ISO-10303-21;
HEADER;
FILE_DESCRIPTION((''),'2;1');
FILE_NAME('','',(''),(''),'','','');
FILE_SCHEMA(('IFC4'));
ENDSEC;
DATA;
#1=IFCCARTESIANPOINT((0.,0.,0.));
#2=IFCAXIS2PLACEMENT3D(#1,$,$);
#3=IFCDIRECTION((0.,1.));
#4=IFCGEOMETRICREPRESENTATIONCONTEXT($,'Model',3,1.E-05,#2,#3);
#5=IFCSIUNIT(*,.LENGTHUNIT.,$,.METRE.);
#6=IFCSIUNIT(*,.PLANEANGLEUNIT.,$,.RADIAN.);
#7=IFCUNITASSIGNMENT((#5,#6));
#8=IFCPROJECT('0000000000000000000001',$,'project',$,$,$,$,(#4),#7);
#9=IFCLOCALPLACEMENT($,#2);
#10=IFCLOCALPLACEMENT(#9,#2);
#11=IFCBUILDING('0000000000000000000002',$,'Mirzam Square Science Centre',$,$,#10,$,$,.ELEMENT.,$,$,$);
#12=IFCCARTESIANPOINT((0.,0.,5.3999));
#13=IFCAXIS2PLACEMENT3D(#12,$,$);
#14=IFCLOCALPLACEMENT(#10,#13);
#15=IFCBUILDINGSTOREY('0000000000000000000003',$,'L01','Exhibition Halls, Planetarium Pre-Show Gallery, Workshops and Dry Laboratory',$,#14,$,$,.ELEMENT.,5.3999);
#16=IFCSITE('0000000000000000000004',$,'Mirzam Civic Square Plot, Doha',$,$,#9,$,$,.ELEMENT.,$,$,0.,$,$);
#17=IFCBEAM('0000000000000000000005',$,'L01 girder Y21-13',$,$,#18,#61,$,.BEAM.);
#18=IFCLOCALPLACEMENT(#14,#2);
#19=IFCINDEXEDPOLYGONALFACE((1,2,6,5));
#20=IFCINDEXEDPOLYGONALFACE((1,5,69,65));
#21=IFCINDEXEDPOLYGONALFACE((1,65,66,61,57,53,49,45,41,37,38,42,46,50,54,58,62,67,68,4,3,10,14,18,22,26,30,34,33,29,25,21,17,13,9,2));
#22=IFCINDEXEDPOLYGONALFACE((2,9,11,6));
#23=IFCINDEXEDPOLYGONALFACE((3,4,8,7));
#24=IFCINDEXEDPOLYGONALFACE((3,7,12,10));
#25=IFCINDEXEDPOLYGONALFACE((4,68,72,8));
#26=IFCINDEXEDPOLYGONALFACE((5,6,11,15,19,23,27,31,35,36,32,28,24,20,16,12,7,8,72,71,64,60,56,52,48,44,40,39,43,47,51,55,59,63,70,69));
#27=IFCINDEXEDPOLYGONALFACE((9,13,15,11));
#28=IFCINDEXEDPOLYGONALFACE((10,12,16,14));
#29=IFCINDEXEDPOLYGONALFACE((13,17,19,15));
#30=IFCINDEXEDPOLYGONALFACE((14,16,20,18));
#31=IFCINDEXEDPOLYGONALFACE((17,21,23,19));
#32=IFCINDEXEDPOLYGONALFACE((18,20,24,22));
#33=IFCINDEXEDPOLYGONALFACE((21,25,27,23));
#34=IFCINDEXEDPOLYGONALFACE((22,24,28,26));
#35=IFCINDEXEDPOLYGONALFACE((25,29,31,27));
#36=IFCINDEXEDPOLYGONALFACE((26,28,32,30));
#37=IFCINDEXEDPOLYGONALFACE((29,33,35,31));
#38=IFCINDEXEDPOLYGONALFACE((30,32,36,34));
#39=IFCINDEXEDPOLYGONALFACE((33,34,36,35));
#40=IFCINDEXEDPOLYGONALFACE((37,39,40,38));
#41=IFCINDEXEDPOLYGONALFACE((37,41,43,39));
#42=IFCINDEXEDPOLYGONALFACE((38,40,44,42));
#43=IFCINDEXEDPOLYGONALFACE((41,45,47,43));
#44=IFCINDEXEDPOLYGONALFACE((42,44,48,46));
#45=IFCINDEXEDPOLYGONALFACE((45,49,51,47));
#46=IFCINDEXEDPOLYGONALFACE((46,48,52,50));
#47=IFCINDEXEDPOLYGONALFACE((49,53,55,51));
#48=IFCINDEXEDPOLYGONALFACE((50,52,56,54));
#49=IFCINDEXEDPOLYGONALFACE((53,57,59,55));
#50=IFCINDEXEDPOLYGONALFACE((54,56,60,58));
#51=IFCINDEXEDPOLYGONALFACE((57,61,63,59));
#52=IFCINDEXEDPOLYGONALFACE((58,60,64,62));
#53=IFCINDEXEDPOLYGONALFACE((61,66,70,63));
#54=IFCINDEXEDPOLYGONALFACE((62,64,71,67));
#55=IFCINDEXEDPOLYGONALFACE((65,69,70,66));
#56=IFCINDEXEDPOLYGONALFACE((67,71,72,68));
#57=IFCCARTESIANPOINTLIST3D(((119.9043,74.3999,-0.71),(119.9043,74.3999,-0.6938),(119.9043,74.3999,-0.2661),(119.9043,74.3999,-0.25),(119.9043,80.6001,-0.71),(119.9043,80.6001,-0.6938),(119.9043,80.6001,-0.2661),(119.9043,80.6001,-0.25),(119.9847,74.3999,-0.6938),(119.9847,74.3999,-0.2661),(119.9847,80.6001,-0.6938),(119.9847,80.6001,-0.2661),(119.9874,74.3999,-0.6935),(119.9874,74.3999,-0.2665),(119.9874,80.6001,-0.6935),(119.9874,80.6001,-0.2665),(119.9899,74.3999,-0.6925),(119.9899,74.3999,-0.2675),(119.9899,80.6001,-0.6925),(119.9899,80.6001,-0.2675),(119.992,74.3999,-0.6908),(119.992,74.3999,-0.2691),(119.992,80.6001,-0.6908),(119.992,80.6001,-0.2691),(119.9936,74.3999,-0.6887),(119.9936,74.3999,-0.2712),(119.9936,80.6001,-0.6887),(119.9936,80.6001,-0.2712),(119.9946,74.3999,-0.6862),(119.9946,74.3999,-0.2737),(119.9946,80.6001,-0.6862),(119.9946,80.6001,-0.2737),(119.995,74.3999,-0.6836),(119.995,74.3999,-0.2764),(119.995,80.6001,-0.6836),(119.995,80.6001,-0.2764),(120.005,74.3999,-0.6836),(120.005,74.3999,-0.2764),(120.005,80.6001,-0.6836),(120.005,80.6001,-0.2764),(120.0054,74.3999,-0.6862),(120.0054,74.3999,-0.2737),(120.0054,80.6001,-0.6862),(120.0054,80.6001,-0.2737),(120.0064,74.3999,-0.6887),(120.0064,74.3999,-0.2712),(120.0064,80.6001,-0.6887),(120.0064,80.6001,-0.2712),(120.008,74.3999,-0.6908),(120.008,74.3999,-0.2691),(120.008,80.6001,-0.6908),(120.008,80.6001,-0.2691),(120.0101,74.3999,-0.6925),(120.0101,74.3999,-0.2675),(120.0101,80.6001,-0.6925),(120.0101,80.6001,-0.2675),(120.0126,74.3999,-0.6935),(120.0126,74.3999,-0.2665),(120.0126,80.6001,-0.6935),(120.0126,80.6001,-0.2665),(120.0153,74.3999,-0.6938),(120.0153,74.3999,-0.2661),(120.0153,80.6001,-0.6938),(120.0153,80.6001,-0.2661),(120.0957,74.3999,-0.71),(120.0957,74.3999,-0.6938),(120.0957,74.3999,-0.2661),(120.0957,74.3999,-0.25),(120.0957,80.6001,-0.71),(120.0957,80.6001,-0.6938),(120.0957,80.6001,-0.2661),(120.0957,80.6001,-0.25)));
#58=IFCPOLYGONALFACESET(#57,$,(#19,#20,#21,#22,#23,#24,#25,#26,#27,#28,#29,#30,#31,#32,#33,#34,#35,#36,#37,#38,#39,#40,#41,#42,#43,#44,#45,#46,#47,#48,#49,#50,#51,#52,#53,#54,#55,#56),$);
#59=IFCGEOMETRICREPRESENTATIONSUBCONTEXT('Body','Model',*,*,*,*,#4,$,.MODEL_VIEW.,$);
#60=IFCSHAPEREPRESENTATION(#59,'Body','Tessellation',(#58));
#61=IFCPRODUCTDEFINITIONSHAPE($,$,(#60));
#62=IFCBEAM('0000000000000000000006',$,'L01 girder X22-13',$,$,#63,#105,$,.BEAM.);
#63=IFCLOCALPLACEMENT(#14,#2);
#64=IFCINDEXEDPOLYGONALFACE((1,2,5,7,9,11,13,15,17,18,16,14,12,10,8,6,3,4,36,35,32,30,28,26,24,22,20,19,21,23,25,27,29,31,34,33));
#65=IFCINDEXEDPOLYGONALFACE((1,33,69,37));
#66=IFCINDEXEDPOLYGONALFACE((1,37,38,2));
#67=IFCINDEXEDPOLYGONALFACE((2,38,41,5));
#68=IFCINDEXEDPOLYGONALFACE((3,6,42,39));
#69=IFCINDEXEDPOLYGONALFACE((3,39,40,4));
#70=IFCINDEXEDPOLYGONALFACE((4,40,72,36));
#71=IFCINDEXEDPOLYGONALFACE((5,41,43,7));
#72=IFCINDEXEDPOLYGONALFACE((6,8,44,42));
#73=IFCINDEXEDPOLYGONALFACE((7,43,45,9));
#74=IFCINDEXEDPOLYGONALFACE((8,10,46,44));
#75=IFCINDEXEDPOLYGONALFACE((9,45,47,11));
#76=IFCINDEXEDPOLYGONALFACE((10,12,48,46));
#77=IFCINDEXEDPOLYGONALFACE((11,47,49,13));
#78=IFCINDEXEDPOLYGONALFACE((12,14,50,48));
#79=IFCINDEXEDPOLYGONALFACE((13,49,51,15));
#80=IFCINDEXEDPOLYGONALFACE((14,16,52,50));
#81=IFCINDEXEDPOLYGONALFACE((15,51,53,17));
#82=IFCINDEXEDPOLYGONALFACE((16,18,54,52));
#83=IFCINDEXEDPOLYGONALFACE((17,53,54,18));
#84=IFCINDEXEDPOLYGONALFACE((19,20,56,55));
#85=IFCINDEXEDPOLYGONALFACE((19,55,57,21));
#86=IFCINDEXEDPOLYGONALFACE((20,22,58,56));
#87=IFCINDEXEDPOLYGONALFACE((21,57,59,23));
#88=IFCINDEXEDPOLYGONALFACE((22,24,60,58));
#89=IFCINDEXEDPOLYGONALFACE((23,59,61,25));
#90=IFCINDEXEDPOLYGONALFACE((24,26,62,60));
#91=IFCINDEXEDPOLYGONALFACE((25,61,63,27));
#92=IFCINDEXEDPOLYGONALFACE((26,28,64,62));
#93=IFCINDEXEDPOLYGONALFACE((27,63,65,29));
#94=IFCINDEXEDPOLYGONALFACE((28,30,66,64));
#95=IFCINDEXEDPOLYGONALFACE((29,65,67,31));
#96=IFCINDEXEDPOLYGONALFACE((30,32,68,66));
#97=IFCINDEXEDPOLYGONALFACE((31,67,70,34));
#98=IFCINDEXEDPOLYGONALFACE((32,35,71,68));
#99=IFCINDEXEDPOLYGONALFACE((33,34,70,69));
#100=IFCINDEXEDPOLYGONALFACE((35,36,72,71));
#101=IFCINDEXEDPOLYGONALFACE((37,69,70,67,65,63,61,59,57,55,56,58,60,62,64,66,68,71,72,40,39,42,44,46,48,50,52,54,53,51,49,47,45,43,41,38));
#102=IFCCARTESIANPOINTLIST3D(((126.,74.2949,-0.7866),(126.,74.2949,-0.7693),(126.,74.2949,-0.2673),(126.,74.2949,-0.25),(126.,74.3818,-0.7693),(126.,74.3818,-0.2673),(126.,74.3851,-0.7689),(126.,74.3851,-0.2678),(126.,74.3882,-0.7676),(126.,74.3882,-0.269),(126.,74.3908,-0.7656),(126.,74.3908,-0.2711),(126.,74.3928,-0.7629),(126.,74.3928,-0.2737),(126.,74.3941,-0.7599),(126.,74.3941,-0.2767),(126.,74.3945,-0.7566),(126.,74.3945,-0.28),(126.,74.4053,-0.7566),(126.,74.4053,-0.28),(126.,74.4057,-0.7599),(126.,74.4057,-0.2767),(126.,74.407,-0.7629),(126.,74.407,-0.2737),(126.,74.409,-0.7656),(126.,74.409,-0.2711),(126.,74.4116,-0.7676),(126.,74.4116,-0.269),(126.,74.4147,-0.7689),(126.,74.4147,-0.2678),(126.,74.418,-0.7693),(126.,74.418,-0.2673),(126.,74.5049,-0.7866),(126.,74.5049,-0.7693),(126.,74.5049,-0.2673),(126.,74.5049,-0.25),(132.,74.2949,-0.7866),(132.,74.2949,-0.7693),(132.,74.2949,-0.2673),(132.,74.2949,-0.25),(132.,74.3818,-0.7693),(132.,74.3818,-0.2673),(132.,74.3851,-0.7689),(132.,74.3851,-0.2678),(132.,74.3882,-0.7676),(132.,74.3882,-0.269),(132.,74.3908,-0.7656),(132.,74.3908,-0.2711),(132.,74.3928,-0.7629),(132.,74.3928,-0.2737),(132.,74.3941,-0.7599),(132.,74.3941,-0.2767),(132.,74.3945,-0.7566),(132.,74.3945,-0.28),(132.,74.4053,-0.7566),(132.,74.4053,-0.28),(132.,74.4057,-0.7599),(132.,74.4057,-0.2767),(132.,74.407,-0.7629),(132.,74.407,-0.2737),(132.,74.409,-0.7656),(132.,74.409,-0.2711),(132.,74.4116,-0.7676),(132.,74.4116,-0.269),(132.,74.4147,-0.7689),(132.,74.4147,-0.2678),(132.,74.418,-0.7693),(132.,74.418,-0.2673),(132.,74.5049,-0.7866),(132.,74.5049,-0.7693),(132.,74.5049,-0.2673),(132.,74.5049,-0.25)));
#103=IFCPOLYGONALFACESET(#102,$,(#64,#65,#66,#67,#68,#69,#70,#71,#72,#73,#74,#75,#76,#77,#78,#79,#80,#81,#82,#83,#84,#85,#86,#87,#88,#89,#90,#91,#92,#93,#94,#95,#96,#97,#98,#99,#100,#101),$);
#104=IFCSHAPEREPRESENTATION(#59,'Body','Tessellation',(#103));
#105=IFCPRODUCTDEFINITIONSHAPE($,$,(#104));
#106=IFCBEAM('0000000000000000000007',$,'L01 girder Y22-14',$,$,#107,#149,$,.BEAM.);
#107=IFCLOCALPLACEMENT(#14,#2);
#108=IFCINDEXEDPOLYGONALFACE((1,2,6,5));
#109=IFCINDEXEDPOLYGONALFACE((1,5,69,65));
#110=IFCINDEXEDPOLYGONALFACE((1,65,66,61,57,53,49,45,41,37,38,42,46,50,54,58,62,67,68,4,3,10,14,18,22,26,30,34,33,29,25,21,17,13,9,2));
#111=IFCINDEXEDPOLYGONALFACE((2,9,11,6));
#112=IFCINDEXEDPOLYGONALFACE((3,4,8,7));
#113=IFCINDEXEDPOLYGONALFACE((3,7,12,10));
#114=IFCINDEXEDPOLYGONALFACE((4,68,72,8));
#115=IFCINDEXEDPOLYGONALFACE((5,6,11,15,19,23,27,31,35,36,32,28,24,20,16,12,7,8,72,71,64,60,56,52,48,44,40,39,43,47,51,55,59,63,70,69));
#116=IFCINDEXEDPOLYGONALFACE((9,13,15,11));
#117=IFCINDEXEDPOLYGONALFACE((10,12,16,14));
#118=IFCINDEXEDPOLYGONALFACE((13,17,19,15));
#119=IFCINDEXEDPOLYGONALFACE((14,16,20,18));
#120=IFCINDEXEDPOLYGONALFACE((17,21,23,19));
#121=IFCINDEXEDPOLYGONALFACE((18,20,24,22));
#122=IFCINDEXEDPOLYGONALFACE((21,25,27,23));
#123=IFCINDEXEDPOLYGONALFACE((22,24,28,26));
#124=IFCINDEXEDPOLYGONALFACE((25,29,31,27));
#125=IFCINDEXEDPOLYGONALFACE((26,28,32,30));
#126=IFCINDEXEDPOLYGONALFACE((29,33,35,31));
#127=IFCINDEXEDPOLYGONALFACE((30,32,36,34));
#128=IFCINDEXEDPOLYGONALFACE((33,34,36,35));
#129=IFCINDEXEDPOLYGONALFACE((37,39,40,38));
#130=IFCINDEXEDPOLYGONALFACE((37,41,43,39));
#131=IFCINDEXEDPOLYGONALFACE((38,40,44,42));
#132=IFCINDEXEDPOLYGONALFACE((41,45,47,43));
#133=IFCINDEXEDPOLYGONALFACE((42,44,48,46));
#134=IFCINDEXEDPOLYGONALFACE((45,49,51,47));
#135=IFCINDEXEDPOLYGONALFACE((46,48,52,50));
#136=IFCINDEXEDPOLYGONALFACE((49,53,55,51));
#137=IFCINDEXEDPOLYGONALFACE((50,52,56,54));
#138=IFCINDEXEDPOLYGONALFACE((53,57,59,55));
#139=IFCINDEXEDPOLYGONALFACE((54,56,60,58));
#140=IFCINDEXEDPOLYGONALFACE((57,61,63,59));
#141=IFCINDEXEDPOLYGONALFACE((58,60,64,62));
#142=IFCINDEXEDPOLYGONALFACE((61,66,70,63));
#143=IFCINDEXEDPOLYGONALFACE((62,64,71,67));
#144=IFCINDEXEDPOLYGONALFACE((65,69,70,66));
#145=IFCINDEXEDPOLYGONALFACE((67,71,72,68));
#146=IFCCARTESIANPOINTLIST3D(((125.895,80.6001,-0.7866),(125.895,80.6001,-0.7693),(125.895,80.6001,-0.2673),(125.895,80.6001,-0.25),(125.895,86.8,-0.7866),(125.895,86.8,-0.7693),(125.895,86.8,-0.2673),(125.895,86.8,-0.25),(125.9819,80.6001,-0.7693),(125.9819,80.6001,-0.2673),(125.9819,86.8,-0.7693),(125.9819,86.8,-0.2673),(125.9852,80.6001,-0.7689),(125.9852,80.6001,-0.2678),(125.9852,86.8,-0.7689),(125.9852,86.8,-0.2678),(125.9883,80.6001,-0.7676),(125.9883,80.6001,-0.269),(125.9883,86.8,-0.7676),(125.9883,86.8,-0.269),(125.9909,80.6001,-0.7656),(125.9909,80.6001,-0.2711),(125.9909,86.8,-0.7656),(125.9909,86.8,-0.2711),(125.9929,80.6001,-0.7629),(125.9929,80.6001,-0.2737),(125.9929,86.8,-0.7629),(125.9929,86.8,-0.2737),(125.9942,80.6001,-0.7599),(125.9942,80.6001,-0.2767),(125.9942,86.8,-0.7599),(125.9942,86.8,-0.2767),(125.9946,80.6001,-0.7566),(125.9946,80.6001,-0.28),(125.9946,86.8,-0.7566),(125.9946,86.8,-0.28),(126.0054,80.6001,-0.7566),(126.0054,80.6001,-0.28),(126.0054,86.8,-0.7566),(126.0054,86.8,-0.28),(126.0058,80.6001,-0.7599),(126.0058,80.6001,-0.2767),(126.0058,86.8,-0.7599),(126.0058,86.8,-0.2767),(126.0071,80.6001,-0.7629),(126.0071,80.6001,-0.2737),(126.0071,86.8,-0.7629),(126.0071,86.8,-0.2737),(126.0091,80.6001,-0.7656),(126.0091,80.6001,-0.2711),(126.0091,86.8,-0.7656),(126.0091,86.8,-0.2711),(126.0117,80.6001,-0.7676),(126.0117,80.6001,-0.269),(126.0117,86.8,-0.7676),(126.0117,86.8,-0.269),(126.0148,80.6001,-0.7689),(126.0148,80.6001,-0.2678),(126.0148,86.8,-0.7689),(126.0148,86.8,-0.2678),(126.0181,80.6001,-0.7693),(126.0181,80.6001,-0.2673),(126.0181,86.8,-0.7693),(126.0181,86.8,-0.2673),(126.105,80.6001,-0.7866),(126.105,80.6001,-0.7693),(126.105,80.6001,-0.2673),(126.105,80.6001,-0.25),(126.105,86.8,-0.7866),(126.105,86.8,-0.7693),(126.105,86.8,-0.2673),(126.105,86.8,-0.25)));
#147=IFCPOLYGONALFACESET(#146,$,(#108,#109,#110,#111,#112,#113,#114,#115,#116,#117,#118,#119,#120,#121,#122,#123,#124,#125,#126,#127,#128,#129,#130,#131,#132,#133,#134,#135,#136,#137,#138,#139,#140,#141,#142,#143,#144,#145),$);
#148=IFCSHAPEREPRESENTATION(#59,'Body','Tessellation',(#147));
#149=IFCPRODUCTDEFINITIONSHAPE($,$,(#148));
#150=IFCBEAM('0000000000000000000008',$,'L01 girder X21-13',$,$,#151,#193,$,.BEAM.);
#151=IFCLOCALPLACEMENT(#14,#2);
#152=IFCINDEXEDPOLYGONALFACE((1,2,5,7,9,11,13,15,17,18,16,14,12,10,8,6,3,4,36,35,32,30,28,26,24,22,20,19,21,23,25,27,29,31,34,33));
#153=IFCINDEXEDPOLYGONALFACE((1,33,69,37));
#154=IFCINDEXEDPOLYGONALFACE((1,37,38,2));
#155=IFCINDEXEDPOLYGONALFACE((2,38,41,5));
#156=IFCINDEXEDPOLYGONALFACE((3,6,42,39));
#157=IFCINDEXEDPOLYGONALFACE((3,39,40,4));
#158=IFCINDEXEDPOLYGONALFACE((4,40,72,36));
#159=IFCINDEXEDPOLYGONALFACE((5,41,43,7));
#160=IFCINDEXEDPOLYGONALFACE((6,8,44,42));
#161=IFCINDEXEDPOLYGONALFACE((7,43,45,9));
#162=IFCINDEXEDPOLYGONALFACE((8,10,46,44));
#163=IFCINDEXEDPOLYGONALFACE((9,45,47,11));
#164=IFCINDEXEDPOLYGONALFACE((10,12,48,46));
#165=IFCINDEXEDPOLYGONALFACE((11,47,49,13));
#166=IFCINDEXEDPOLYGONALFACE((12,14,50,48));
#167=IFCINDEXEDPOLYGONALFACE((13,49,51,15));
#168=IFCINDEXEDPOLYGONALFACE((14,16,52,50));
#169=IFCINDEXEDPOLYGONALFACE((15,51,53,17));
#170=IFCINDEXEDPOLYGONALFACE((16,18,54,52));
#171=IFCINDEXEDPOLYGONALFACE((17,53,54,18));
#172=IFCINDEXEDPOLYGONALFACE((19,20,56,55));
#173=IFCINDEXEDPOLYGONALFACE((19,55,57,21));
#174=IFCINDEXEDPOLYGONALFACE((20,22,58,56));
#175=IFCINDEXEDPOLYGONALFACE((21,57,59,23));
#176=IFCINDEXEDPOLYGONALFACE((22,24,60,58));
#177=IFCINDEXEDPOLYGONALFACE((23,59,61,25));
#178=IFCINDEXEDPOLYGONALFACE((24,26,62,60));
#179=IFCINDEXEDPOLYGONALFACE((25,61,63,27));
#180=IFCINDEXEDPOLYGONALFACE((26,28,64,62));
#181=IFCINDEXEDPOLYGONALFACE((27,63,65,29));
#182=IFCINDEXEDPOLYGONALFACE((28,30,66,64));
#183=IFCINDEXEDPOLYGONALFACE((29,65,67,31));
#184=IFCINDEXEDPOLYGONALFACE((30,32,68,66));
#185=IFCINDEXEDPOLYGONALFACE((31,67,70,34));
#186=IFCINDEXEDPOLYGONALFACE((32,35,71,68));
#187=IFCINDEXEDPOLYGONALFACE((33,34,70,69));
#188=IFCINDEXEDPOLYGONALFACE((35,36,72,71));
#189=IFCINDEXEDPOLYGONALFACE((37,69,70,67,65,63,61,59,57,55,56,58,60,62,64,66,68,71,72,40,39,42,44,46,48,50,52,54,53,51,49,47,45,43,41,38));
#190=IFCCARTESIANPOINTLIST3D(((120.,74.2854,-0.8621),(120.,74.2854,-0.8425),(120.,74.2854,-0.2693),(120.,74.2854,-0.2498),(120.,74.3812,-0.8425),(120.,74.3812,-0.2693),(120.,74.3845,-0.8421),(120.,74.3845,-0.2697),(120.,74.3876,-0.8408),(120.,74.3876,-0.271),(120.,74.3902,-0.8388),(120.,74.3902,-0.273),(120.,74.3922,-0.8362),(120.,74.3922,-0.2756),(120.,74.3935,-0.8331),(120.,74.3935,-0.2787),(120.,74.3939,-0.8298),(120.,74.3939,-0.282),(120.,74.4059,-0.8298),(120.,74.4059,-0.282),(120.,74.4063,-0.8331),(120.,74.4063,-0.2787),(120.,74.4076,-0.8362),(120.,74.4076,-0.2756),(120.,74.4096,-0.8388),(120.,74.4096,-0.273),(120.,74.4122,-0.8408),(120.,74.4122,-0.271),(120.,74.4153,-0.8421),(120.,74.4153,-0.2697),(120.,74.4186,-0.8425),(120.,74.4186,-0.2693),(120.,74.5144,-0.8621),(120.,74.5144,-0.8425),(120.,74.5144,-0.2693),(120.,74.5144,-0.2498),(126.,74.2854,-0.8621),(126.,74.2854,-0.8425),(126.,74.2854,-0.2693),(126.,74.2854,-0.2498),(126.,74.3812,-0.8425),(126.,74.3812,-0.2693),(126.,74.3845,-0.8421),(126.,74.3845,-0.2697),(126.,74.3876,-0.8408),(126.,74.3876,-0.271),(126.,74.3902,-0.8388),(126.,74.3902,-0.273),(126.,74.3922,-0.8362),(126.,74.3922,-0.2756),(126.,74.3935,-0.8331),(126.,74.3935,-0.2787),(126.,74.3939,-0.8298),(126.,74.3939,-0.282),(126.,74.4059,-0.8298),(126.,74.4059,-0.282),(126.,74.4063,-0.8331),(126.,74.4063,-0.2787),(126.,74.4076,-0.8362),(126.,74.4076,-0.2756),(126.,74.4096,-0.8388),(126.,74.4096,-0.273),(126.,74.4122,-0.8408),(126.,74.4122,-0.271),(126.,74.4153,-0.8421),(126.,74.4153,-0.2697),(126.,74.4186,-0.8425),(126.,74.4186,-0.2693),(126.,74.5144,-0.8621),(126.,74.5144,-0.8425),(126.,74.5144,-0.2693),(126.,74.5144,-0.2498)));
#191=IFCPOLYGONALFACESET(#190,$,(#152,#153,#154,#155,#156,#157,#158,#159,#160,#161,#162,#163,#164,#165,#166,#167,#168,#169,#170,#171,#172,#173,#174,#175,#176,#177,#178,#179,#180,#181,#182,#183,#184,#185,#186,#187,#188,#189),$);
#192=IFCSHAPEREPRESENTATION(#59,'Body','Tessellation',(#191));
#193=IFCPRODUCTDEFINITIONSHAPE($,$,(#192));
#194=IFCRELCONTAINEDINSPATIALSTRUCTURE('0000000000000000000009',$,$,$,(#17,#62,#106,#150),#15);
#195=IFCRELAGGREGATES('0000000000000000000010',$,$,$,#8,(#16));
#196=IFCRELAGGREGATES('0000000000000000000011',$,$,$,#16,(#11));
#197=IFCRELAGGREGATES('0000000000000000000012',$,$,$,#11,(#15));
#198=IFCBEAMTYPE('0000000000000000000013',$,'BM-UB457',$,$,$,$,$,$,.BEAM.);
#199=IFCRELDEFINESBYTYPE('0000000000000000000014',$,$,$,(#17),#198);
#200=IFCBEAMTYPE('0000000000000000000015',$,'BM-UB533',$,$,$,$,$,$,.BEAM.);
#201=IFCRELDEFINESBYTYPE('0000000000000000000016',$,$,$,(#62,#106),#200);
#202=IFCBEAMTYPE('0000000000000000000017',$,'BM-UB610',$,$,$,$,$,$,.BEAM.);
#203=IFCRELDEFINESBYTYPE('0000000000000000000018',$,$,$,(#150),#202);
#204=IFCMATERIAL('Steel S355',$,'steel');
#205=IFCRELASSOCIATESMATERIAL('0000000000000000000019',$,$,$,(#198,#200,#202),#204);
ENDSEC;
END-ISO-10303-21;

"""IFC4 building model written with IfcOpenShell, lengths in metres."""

from ifc_helpers import new_model, si_unit, direction, frame, origin, origin_2d, place, context, subcontext, project, spatial, i_section, extrude, material, material_profile, profile_set, type_object, element, save


model = new_model("IFC4")

# Units and contexts
model_context = context("Model", 3, precision=1e-05, world=origin(), true_north=direction((0.0, 1.0)))
body_context = subcontext(model_context, "Body", "Model", "MODEL_VIEW")
ifc_project = project(units=[si_unit("LENGTHUNIT", "METRE"), si_unit("PLANEANGLEUNIT", "RADIAN")], contexts=[model_context])

# Site, building, storey
site_placement = place(None, origin())
site = spatial("IfcSite", under=ifc_project, at=site_placement, Name="Mirzam Civic Square Plot, Doha", CompositionType="ELEMENT", RefElevation=0.0)
building_placement = place(site_placement, origin())
building = spatial("IfcBuilding", under=site, at=building_placement, Name="Mirzam Square Science Centre", CompositionType="ELEMENT")
storey_placement = place(building_placement, frame((0.0, 0.0, 5.3999)))
storey = spatial("IfcBuildingStorey", under=building, at=storey_placement, Name="L01", Description="Exhibition Halls, Planetarium Pre-Show Gallery, Workshops and Dry Laboratory", CompositionType="ELEMENT", Elevation=5.3999)

# Shared definitions
ifc_material_1 = material(Name="Steel S355", Category="steel")

# Beams
ifc_material_profile_1 = material_profile(ifc_material_1, i_section(OverallWidth=0.1914, OverallDepth=0.46, WebThickness=0.01, FlangeThickness=0.0161, FilletRadius=0.0103, at=origin_2d()), Name="457x191x82UB")
ifc_profile_set_1 = profile_set([ifc_material_profile_1], Name="Steel S355")
beam_type_1 = type_object("IfcBeamType", Name="BM-UB457", PredefinedType="BEAM", material=ifc_profile_set_1)
beam_1_placement = place(storey_placement, frame((120.0, 74.3999, -0.48), z_axis=(0.0, 1.0, 0.0), x_axis=(-1.0, 0.0, 0.0)))
element("IfcBeam", 1, at=beam_1_placement, inside=storey, type_object=beam_type_1, Name="L01 girder Y21-13", PredefinedType="BEAM", context=body_context, shape_type="SweptSolid", body=[
    extrude(i_section(OverallWidth=0.1914, OverallDepth=0.46, WebThickness=0.01, FlangeThickness=0.0161, FilletRadius=0.0103, at=origin_2d()), origin(), (0.0, 0.0, 1.0), 6.2002),
])
ifc_material_profile_2 = material_profile(ifc_material_1, i_section(OverallWidth=0.21, OverallDepth=0.5366, WebThickness=0.0107, FlangeThickness=0.0173, FilletRadius=0.0127, at=origin_2d()), Name="533x210x101UB")
ifc_profile_set_2 = profile_set([ifc_material_profile_2], Name="Steel S355")
beam_type_2 = type_object("IfcBeamType", Name="BM-UB533", PredefinedType="BEAM", material=ifc_profile_set_2)
beam_2_placement = place(storey_placement, frame((126.0, 74.3999, -0.5183), z_axis=(1.0, 0.0, 0.0), x_axis=(0.0, 1.0, 0.0)))
element("IfcBeam", 2, at=beam_2_placement, inside=storey, type_object=beam_type_2, Name="L01 girder X22-13", PredefinedType="BEAM", context=body_context, shape_type="SweptSolid", body=[
    extrude(i_section(OverallWidth=0.21, OverallDepth=0.5366, WebThickness=0.0107, FlangeThickness=0.0173, FilletRadius=0.0127, at=origin_2d()), origin(), (0.0, 0.0, 1.0), 6.0),
])
beam_3_placement = place(storey_placement, frame((126.0, 80.6001, -0.5183), z_axis=(0.0, 1.0, 0.0), x_axis=(-1.0, 0.0, 0.0)))
element("IfcBeam", 3, at=beam_3_placement, inside=storey, type_object=beam_type_2, Name="L01 girder Y22-14", PredefinedType="BEAM", context=body_context, shape_type="SweptSolid", body=[
    extrude(i_section(OverallWidth=0.21, OverallDepth=0.5366, WebThickness=0.0107, FlangeThickness=0.0173, FilletRadius=0.0127, at=origin_2d()), origin(), (0.0, 0.0, 1.0), 6.2),
])
ifc_material_profile_3 = material_profile(ifc_material_1, i_section(OverallWidth=0.229, OverallDepth=0.6123, WebThickness=0.012, FlangeThickness=0.0195, FilletRadius=0.0127, at=origin_2d()), Name="610x229x125UB")
ifc_profile_set_3 = profile_set([ifc_material_profile_3], Name="Steel S355")
beam_type_3 = type_object("IfcBeamType", Name="BM-UB610", PredefinedType="BEAM", material=ifc_profile_set_3)
for number, where, z_axis, x_axis, name in (
    (4, (120.0, 74.3999, -0.5559), (1.0, 0.0, 0.0), (0.0, 1.0, 0.0), "L01 girder X21-13"),
):
    element("IfcBeam", number, at=place(storey_placement, frame(where, z_axis=z_axis, x_axis=x_axis)), inside=storey, type_object=beam_type_3, Name=name, PredefinedType="BEAM", context=body_context, shape_type="SweptSolid", body=[
        extrude(i_section(OverallWidth=0.229, OverallDepth=0.6123, WebThickness=0.012, FlangeThickness=0.0195, FilletRadius=0.0127, at=origin_2d()), origin(), (0.0, 0.0, 1.0), 6.0),
    ])

save(model, "model.ifc")
